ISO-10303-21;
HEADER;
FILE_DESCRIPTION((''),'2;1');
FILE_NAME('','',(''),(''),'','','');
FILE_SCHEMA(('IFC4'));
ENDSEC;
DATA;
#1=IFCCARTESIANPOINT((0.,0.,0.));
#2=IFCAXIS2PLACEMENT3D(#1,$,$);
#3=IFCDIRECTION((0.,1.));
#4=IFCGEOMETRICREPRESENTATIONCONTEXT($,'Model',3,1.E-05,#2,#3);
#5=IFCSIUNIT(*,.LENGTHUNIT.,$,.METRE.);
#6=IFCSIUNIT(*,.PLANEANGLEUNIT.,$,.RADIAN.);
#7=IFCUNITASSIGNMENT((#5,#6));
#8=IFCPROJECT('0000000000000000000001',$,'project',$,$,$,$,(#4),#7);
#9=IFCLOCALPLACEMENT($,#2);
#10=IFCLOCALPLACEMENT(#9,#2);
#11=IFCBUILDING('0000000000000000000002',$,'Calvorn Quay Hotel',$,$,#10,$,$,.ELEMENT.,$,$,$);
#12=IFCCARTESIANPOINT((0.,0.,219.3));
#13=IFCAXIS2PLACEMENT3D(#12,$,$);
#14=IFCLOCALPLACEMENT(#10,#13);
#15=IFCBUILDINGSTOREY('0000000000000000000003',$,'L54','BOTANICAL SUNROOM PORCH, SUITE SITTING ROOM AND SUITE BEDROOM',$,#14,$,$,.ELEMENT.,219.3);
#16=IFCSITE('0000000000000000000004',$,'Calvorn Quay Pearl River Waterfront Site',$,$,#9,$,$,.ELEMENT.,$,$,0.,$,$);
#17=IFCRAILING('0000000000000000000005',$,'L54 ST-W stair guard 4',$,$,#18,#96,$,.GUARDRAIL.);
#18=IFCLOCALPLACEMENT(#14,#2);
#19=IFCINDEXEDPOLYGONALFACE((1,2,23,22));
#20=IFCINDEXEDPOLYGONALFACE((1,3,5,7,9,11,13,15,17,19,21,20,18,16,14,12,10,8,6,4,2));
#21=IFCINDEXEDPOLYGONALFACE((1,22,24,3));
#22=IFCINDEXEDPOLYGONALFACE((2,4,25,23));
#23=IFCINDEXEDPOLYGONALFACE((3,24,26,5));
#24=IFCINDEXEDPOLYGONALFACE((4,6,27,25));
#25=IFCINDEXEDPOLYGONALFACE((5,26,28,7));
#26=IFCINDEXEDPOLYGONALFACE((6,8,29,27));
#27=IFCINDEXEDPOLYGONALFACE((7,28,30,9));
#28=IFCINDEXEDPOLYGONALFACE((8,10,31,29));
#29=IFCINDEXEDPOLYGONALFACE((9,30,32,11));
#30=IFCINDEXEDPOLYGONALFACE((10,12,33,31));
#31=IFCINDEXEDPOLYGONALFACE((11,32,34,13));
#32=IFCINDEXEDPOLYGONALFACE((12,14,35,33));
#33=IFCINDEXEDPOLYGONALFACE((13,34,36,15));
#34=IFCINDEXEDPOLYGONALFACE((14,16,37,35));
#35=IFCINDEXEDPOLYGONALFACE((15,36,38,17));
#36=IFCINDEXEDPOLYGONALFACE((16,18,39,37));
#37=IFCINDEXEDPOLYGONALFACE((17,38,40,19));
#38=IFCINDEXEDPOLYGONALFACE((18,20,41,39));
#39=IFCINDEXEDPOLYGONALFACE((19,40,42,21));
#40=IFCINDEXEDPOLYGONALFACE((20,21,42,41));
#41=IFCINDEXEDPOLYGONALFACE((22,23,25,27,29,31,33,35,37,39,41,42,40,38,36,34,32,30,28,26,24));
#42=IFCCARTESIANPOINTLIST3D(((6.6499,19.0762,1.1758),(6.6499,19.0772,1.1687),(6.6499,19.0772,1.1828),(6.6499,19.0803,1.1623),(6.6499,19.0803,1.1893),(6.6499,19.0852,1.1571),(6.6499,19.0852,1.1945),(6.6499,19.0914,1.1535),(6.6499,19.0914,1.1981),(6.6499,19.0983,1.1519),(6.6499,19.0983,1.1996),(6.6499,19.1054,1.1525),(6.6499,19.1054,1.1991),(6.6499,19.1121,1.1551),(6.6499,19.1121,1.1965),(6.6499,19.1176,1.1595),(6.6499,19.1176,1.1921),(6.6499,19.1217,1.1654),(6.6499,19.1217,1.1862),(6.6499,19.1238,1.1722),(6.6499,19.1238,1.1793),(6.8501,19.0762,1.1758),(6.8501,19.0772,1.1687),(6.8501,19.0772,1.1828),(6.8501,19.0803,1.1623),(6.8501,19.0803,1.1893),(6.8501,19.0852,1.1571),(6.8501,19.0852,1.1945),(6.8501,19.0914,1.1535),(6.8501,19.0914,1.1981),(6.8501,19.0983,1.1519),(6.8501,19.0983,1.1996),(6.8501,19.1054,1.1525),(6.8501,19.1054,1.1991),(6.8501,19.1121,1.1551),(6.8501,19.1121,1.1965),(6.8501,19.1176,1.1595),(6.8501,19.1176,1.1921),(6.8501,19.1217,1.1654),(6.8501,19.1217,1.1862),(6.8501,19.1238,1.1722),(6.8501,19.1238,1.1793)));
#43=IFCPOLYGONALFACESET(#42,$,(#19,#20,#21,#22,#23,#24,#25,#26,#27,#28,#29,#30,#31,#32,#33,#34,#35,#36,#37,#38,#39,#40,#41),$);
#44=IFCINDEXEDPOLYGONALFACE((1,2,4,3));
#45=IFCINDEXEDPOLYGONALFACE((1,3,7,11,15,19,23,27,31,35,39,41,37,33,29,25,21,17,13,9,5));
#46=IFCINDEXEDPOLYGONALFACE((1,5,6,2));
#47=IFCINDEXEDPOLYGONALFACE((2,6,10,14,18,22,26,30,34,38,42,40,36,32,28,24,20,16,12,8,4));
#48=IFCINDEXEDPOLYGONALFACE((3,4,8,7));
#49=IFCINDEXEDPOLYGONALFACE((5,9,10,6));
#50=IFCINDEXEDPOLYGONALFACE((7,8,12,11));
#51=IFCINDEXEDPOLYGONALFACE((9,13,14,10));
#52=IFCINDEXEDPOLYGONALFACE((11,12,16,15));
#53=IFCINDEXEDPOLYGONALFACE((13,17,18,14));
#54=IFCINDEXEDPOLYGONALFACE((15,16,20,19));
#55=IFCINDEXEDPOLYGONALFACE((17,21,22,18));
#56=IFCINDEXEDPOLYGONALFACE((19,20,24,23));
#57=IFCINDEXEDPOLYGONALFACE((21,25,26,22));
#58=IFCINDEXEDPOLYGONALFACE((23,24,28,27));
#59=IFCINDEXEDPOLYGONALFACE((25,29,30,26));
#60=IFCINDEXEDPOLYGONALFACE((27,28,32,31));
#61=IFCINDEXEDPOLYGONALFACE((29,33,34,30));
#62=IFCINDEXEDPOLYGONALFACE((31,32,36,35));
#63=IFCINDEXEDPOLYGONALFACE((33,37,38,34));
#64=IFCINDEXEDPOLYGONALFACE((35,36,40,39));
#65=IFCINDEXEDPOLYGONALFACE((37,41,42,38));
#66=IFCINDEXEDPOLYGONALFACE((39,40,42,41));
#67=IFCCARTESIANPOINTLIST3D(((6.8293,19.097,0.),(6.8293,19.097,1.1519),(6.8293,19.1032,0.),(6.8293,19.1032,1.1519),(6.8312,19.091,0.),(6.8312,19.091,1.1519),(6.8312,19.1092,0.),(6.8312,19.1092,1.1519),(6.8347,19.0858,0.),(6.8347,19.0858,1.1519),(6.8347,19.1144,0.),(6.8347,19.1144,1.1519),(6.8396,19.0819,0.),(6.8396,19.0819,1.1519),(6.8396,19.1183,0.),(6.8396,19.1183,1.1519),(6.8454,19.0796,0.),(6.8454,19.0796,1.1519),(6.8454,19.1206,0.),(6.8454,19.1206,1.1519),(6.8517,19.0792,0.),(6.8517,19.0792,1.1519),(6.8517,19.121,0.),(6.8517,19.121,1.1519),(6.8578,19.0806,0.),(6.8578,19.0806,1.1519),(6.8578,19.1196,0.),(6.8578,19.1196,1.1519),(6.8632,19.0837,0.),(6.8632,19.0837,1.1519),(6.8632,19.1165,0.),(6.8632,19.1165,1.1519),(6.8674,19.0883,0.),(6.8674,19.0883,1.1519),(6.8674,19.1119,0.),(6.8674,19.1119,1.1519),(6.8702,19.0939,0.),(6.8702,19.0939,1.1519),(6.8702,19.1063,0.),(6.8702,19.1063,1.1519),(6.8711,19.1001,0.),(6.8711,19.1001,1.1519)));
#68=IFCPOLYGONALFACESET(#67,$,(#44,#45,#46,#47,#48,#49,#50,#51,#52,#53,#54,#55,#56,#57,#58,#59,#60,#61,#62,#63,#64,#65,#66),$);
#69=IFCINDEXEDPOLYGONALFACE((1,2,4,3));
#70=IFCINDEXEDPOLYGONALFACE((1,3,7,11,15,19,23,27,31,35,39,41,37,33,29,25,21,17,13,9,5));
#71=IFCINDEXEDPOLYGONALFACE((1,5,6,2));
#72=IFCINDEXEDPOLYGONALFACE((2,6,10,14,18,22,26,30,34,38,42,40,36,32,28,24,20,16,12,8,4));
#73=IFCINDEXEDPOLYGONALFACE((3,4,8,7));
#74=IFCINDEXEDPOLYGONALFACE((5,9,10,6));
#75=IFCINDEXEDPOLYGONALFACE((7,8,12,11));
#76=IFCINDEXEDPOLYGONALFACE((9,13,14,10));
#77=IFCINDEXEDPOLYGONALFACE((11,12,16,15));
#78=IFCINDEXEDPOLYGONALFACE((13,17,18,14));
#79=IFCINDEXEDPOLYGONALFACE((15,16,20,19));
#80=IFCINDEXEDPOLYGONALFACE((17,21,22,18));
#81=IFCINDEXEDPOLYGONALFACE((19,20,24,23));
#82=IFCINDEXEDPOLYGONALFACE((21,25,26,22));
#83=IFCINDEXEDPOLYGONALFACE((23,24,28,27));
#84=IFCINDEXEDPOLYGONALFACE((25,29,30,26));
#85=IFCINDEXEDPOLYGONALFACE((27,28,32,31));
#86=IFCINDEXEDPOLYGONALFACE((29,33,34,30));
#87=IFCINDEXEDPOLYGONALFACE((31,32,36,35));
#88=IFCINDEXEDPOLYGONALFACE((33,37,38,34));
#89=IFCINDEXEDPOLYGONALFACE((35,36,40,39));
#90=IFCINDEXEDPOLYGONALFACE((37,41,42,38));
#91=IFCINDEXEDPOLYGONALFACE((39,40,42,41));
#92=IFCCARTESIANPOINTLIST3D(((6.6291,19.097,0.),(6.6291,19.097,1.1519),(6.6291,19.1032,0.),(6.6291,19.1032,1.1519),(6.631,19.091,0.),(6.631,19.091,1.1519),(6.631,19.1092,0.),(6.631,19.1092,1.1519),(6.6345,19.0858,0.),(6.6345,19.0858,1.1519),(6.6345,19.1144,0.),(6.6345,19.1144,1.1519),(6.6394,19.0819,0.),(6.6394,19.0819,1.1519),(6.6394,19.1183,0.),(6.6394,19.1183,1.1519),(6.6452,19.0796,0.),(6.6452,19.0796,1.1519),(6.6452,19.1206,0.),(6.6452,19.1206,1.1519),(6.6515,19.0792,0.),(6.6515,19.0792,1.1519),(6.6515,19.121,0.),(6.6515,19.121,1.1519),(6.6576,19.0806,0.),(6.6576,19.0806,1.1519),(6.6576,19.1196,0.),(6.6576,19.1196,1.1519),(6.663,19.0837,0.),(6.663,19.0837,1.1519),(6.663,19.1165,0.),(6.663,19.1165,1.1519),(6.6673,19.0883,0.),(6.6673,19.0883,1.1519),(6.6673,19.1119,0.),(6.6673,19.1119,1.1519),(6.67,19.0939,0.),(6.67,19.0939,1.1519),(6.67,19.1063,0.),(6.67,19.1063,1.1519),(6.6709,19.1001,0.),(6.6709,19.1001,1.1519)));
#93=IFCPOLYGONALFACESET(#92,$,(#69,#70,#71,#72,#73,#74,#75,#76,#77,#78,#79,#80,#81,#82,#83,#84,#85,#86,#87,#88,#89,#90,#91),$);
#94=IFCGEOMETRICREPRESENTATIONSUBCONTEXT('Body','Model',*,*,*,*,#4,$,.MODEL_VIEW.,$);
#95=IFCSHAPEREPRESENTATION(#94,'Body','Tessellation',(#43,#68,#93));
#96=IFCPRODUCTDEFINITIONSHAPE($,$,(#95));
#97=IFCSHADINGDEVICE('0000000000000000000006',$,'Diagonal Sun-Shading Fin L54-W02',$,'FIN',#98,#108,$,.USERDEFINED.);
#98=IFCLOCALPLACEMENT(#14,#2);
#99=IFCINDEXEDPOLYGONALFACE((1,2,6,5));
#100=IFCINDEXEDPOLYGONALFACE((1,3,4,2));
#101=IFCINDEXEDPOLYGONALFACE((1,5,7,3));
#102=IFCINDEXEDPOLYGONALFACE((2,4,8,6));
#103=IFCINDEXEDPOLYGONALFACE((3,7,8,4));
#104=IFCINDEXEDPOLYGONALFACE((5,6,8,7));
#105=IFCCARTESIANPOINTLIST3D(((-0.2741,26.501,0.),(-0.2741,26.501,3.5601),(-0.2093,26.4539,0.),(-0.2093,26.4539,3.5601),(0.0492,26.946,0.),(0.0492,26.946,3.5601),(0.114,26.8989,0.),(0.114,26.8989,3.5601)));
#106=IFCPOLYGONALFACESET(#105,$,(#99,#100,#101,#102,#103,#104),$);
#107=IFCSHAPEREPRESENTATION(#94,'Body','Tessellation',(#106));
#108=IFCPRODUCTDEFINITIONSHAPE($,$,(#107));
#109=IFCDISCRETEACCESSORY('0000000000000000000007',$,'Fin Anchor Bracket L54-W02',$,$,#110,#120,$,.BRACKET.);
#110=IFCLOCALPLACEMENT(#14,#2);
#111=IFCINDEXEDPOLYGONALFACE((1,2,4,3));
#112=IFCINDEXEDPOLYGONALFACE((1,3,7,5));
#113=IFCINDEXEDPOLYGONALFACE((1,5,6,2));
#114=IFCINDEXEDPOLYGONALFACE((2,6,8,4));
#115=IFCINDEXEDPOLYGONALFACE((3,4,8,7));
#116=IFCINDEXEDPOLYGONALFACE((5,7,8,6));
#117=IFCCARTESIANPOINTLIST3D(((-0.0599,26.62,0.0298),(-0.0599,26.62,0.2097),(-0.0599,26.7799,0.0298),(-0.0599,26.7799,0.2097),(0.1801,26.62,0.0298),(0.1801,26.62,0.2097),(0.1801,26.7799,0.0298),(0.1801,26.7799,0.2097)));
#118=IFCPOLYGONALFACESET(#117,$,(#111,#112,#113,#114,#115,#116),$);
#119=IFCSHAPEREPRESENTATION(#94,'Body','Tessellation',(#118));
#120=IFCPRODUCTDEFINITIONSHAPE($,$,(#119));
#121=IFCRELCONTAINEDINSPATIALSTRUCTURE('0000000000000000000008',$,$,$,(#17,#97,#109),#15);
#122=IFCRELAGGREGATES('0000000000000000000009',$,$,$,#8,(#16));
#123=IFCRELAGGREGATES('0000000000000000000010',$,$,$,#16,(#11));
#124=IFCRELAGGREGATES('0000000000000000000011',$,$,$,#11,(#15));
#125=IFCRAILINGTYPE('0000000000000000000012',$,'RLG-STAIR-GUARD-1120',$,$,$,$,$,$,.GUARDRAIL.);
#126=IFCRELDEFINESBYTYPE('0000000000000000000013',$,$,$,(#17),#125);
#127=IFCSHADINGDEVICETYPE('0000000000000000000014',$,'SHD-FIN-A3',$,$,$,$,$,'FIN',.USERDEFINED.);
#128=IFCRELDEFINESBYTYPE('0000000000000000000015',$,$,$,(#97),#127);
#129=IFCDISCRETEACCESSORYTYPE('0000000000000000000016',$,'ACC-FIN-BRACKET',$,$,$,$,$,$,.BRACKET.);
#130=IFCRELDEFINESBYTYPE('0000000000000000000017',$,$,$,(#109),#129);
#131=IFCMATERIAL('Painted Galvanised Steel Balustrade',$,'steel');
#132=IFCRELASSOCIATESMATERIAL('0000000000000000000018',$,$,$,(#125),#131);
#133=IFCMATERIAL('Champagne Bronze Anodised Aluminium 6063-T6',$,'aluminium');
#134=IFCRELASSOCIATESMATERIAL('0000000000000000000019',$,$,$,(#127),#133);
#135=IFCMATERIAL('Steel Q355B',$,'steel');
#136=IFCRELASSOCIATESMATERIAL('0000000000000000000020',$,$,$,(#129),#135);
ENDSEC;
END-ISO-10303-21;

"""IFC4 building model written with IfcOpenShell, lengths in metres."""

from ifc_helpers import new_model, si_unit, direction, frame, origin, origin_2d, place, context, subcontext, project, spatial, rectangle, circle, extrude, material, type_object, element, save


model = new_model("IFC4")

# Units and contexts
model_context = context("Model", 3, precision=1e-05, world=origin(), true_north=direction((0.0, 1.0)))
body_context = subcontext(model_context, "Body", "Model", "MODEL_VIEW")
ifc_project = project(units=[si_unit("LENGTHUNIT", "METRE"), si_unit("PLANEANGLEUNIT", "RADIAN")], contexts=[model_context])

# Site, building, storey
site_placement = place(None, origin())
site = spatial("IfcSite", under=ifc_project, at=site_placement, Name="Calvorn Quay Pearl River Waterfront Site", CompositionType="ELEMENT", RefElevation=0.0)
building_placement = place(site_placement, origin())
building = spatial("IfcBuilding", under=site, at=building_placement, Name="Calvorn Quay Hotel", CompositionType="ELEMENT")
storey_placement = place(building_placement, frame((0.0, 0.0, 219.3)))
storey = spatial("IfcBuildingStorey", under=building, at=storey_placement, Name="L54", Description="BOTANICAL SUNROOM PORCH, SUITE SITTING ROOM AND SUITE BEDROOM", CompositionType="ELEMENT", Elevation=219.3)

# Railing
ifc_material_1 = material(Name="Painted Galvanised Steel Balustrade", Category="steel")
railing_type_1 = type_object("IfcRailingType", Name="RLG-STAIR-GUARD-1120", PredefinedType="GUARDRAIL", material=ifc_material_1)
railing_1_placement = place(storey_placement, frame((6.8501, 19.1001, 0.0)))
element("IfcRailing", 1, at=railing_1_placement, inside=storey, type_object=railing_type_1, Name="L54 ST-W stair guard 4", PredefinedType="GUARDRAIL", context=body_context, shape_type="SweptSolid", body=[
    extrude(circle(Radius=0.0239, at=origin_2d()), frame((0.0, 0.0, 1.1758), z_axis=(-1.0, 0.0, 0.0), x_axis=(0.0, -1.0, 0.0)), (0.0, 0.0, 1.0), 0.2002),
    extrude(circle(Radius=0.021, at=origin_2d()), origin(), (0.0, 0.0, 1.0), 1.1519),
    extrude(circle(Radius=0.021, at=origin_2d()), frame((-0.2002, 0.0, 0.0)), (0.0, 0.0, 1.0), 1.1519),
])

# Shading device
ifc_material_2 = material(Name="Champagne Bronze Anodised Aluminium 6063-T6", Category="aluminium")
shading_device_type = type_object("IfcShadingDeviceType", Name="SHD-FIN-A3", ElementType="FIN", PredefinedType="USERDEFINED", material=ifc_material_2)
shading_device_placement = place(storey_placement, frame((-0.0801, 26.7, 0.0), z_axis=(0.0, 0.0, 1.0), x_axis=(0.587785, 0.809017, 0.0)))
element("IfcShadingDevice", 2, at=shading_device_placement, inside=storey, type_object=shading_device_type, Name="Diagonal Sun-Shading Fin L54-W02", ObjectType="FIN", PredefinedType="USERDEFINED", context=body_context, shape_type="SweptSolid", body=[
    extrude(rectangle(XDim=0.55, YDim=0.0801, at=origin_2d()), origin(), (0.0, 0.0, 1.0), 3.5601),
])

# Discrete accessory
ifc_material_3 = material(Name="Steel Q355B", Category="steel")
discrete_accessory_type = type_object("IfcDiscreteAccessoryType", Name="ACC-FIN-BRACKET", PredefinedType="BRACKET", material=ifc_material_3)
discrete_accessory_placement = place(storey_placement, frame((0.0601, 26.7, 0.0298), z_axis=(0.0, 0.0, 1.0), x_axis=(1.0, 0.0, 0.0)))
element("IfcDiscreteAccessory", 3, at=discrete_accessory_placement, inside=storey, type_object=discrete_accessory_type, Name="Fin Anchor Bracket L54-W02", PredefinedType="BRACKET", context=body_context, shape_type="SweptSolid", body=[
    extrude(rectangle(XDim=0.24, YDim=0.1599, at=origin_2d()), origin(), (0.0, 0.0, 1.0), 0.1799),
])

save(model, "model.ifc")
